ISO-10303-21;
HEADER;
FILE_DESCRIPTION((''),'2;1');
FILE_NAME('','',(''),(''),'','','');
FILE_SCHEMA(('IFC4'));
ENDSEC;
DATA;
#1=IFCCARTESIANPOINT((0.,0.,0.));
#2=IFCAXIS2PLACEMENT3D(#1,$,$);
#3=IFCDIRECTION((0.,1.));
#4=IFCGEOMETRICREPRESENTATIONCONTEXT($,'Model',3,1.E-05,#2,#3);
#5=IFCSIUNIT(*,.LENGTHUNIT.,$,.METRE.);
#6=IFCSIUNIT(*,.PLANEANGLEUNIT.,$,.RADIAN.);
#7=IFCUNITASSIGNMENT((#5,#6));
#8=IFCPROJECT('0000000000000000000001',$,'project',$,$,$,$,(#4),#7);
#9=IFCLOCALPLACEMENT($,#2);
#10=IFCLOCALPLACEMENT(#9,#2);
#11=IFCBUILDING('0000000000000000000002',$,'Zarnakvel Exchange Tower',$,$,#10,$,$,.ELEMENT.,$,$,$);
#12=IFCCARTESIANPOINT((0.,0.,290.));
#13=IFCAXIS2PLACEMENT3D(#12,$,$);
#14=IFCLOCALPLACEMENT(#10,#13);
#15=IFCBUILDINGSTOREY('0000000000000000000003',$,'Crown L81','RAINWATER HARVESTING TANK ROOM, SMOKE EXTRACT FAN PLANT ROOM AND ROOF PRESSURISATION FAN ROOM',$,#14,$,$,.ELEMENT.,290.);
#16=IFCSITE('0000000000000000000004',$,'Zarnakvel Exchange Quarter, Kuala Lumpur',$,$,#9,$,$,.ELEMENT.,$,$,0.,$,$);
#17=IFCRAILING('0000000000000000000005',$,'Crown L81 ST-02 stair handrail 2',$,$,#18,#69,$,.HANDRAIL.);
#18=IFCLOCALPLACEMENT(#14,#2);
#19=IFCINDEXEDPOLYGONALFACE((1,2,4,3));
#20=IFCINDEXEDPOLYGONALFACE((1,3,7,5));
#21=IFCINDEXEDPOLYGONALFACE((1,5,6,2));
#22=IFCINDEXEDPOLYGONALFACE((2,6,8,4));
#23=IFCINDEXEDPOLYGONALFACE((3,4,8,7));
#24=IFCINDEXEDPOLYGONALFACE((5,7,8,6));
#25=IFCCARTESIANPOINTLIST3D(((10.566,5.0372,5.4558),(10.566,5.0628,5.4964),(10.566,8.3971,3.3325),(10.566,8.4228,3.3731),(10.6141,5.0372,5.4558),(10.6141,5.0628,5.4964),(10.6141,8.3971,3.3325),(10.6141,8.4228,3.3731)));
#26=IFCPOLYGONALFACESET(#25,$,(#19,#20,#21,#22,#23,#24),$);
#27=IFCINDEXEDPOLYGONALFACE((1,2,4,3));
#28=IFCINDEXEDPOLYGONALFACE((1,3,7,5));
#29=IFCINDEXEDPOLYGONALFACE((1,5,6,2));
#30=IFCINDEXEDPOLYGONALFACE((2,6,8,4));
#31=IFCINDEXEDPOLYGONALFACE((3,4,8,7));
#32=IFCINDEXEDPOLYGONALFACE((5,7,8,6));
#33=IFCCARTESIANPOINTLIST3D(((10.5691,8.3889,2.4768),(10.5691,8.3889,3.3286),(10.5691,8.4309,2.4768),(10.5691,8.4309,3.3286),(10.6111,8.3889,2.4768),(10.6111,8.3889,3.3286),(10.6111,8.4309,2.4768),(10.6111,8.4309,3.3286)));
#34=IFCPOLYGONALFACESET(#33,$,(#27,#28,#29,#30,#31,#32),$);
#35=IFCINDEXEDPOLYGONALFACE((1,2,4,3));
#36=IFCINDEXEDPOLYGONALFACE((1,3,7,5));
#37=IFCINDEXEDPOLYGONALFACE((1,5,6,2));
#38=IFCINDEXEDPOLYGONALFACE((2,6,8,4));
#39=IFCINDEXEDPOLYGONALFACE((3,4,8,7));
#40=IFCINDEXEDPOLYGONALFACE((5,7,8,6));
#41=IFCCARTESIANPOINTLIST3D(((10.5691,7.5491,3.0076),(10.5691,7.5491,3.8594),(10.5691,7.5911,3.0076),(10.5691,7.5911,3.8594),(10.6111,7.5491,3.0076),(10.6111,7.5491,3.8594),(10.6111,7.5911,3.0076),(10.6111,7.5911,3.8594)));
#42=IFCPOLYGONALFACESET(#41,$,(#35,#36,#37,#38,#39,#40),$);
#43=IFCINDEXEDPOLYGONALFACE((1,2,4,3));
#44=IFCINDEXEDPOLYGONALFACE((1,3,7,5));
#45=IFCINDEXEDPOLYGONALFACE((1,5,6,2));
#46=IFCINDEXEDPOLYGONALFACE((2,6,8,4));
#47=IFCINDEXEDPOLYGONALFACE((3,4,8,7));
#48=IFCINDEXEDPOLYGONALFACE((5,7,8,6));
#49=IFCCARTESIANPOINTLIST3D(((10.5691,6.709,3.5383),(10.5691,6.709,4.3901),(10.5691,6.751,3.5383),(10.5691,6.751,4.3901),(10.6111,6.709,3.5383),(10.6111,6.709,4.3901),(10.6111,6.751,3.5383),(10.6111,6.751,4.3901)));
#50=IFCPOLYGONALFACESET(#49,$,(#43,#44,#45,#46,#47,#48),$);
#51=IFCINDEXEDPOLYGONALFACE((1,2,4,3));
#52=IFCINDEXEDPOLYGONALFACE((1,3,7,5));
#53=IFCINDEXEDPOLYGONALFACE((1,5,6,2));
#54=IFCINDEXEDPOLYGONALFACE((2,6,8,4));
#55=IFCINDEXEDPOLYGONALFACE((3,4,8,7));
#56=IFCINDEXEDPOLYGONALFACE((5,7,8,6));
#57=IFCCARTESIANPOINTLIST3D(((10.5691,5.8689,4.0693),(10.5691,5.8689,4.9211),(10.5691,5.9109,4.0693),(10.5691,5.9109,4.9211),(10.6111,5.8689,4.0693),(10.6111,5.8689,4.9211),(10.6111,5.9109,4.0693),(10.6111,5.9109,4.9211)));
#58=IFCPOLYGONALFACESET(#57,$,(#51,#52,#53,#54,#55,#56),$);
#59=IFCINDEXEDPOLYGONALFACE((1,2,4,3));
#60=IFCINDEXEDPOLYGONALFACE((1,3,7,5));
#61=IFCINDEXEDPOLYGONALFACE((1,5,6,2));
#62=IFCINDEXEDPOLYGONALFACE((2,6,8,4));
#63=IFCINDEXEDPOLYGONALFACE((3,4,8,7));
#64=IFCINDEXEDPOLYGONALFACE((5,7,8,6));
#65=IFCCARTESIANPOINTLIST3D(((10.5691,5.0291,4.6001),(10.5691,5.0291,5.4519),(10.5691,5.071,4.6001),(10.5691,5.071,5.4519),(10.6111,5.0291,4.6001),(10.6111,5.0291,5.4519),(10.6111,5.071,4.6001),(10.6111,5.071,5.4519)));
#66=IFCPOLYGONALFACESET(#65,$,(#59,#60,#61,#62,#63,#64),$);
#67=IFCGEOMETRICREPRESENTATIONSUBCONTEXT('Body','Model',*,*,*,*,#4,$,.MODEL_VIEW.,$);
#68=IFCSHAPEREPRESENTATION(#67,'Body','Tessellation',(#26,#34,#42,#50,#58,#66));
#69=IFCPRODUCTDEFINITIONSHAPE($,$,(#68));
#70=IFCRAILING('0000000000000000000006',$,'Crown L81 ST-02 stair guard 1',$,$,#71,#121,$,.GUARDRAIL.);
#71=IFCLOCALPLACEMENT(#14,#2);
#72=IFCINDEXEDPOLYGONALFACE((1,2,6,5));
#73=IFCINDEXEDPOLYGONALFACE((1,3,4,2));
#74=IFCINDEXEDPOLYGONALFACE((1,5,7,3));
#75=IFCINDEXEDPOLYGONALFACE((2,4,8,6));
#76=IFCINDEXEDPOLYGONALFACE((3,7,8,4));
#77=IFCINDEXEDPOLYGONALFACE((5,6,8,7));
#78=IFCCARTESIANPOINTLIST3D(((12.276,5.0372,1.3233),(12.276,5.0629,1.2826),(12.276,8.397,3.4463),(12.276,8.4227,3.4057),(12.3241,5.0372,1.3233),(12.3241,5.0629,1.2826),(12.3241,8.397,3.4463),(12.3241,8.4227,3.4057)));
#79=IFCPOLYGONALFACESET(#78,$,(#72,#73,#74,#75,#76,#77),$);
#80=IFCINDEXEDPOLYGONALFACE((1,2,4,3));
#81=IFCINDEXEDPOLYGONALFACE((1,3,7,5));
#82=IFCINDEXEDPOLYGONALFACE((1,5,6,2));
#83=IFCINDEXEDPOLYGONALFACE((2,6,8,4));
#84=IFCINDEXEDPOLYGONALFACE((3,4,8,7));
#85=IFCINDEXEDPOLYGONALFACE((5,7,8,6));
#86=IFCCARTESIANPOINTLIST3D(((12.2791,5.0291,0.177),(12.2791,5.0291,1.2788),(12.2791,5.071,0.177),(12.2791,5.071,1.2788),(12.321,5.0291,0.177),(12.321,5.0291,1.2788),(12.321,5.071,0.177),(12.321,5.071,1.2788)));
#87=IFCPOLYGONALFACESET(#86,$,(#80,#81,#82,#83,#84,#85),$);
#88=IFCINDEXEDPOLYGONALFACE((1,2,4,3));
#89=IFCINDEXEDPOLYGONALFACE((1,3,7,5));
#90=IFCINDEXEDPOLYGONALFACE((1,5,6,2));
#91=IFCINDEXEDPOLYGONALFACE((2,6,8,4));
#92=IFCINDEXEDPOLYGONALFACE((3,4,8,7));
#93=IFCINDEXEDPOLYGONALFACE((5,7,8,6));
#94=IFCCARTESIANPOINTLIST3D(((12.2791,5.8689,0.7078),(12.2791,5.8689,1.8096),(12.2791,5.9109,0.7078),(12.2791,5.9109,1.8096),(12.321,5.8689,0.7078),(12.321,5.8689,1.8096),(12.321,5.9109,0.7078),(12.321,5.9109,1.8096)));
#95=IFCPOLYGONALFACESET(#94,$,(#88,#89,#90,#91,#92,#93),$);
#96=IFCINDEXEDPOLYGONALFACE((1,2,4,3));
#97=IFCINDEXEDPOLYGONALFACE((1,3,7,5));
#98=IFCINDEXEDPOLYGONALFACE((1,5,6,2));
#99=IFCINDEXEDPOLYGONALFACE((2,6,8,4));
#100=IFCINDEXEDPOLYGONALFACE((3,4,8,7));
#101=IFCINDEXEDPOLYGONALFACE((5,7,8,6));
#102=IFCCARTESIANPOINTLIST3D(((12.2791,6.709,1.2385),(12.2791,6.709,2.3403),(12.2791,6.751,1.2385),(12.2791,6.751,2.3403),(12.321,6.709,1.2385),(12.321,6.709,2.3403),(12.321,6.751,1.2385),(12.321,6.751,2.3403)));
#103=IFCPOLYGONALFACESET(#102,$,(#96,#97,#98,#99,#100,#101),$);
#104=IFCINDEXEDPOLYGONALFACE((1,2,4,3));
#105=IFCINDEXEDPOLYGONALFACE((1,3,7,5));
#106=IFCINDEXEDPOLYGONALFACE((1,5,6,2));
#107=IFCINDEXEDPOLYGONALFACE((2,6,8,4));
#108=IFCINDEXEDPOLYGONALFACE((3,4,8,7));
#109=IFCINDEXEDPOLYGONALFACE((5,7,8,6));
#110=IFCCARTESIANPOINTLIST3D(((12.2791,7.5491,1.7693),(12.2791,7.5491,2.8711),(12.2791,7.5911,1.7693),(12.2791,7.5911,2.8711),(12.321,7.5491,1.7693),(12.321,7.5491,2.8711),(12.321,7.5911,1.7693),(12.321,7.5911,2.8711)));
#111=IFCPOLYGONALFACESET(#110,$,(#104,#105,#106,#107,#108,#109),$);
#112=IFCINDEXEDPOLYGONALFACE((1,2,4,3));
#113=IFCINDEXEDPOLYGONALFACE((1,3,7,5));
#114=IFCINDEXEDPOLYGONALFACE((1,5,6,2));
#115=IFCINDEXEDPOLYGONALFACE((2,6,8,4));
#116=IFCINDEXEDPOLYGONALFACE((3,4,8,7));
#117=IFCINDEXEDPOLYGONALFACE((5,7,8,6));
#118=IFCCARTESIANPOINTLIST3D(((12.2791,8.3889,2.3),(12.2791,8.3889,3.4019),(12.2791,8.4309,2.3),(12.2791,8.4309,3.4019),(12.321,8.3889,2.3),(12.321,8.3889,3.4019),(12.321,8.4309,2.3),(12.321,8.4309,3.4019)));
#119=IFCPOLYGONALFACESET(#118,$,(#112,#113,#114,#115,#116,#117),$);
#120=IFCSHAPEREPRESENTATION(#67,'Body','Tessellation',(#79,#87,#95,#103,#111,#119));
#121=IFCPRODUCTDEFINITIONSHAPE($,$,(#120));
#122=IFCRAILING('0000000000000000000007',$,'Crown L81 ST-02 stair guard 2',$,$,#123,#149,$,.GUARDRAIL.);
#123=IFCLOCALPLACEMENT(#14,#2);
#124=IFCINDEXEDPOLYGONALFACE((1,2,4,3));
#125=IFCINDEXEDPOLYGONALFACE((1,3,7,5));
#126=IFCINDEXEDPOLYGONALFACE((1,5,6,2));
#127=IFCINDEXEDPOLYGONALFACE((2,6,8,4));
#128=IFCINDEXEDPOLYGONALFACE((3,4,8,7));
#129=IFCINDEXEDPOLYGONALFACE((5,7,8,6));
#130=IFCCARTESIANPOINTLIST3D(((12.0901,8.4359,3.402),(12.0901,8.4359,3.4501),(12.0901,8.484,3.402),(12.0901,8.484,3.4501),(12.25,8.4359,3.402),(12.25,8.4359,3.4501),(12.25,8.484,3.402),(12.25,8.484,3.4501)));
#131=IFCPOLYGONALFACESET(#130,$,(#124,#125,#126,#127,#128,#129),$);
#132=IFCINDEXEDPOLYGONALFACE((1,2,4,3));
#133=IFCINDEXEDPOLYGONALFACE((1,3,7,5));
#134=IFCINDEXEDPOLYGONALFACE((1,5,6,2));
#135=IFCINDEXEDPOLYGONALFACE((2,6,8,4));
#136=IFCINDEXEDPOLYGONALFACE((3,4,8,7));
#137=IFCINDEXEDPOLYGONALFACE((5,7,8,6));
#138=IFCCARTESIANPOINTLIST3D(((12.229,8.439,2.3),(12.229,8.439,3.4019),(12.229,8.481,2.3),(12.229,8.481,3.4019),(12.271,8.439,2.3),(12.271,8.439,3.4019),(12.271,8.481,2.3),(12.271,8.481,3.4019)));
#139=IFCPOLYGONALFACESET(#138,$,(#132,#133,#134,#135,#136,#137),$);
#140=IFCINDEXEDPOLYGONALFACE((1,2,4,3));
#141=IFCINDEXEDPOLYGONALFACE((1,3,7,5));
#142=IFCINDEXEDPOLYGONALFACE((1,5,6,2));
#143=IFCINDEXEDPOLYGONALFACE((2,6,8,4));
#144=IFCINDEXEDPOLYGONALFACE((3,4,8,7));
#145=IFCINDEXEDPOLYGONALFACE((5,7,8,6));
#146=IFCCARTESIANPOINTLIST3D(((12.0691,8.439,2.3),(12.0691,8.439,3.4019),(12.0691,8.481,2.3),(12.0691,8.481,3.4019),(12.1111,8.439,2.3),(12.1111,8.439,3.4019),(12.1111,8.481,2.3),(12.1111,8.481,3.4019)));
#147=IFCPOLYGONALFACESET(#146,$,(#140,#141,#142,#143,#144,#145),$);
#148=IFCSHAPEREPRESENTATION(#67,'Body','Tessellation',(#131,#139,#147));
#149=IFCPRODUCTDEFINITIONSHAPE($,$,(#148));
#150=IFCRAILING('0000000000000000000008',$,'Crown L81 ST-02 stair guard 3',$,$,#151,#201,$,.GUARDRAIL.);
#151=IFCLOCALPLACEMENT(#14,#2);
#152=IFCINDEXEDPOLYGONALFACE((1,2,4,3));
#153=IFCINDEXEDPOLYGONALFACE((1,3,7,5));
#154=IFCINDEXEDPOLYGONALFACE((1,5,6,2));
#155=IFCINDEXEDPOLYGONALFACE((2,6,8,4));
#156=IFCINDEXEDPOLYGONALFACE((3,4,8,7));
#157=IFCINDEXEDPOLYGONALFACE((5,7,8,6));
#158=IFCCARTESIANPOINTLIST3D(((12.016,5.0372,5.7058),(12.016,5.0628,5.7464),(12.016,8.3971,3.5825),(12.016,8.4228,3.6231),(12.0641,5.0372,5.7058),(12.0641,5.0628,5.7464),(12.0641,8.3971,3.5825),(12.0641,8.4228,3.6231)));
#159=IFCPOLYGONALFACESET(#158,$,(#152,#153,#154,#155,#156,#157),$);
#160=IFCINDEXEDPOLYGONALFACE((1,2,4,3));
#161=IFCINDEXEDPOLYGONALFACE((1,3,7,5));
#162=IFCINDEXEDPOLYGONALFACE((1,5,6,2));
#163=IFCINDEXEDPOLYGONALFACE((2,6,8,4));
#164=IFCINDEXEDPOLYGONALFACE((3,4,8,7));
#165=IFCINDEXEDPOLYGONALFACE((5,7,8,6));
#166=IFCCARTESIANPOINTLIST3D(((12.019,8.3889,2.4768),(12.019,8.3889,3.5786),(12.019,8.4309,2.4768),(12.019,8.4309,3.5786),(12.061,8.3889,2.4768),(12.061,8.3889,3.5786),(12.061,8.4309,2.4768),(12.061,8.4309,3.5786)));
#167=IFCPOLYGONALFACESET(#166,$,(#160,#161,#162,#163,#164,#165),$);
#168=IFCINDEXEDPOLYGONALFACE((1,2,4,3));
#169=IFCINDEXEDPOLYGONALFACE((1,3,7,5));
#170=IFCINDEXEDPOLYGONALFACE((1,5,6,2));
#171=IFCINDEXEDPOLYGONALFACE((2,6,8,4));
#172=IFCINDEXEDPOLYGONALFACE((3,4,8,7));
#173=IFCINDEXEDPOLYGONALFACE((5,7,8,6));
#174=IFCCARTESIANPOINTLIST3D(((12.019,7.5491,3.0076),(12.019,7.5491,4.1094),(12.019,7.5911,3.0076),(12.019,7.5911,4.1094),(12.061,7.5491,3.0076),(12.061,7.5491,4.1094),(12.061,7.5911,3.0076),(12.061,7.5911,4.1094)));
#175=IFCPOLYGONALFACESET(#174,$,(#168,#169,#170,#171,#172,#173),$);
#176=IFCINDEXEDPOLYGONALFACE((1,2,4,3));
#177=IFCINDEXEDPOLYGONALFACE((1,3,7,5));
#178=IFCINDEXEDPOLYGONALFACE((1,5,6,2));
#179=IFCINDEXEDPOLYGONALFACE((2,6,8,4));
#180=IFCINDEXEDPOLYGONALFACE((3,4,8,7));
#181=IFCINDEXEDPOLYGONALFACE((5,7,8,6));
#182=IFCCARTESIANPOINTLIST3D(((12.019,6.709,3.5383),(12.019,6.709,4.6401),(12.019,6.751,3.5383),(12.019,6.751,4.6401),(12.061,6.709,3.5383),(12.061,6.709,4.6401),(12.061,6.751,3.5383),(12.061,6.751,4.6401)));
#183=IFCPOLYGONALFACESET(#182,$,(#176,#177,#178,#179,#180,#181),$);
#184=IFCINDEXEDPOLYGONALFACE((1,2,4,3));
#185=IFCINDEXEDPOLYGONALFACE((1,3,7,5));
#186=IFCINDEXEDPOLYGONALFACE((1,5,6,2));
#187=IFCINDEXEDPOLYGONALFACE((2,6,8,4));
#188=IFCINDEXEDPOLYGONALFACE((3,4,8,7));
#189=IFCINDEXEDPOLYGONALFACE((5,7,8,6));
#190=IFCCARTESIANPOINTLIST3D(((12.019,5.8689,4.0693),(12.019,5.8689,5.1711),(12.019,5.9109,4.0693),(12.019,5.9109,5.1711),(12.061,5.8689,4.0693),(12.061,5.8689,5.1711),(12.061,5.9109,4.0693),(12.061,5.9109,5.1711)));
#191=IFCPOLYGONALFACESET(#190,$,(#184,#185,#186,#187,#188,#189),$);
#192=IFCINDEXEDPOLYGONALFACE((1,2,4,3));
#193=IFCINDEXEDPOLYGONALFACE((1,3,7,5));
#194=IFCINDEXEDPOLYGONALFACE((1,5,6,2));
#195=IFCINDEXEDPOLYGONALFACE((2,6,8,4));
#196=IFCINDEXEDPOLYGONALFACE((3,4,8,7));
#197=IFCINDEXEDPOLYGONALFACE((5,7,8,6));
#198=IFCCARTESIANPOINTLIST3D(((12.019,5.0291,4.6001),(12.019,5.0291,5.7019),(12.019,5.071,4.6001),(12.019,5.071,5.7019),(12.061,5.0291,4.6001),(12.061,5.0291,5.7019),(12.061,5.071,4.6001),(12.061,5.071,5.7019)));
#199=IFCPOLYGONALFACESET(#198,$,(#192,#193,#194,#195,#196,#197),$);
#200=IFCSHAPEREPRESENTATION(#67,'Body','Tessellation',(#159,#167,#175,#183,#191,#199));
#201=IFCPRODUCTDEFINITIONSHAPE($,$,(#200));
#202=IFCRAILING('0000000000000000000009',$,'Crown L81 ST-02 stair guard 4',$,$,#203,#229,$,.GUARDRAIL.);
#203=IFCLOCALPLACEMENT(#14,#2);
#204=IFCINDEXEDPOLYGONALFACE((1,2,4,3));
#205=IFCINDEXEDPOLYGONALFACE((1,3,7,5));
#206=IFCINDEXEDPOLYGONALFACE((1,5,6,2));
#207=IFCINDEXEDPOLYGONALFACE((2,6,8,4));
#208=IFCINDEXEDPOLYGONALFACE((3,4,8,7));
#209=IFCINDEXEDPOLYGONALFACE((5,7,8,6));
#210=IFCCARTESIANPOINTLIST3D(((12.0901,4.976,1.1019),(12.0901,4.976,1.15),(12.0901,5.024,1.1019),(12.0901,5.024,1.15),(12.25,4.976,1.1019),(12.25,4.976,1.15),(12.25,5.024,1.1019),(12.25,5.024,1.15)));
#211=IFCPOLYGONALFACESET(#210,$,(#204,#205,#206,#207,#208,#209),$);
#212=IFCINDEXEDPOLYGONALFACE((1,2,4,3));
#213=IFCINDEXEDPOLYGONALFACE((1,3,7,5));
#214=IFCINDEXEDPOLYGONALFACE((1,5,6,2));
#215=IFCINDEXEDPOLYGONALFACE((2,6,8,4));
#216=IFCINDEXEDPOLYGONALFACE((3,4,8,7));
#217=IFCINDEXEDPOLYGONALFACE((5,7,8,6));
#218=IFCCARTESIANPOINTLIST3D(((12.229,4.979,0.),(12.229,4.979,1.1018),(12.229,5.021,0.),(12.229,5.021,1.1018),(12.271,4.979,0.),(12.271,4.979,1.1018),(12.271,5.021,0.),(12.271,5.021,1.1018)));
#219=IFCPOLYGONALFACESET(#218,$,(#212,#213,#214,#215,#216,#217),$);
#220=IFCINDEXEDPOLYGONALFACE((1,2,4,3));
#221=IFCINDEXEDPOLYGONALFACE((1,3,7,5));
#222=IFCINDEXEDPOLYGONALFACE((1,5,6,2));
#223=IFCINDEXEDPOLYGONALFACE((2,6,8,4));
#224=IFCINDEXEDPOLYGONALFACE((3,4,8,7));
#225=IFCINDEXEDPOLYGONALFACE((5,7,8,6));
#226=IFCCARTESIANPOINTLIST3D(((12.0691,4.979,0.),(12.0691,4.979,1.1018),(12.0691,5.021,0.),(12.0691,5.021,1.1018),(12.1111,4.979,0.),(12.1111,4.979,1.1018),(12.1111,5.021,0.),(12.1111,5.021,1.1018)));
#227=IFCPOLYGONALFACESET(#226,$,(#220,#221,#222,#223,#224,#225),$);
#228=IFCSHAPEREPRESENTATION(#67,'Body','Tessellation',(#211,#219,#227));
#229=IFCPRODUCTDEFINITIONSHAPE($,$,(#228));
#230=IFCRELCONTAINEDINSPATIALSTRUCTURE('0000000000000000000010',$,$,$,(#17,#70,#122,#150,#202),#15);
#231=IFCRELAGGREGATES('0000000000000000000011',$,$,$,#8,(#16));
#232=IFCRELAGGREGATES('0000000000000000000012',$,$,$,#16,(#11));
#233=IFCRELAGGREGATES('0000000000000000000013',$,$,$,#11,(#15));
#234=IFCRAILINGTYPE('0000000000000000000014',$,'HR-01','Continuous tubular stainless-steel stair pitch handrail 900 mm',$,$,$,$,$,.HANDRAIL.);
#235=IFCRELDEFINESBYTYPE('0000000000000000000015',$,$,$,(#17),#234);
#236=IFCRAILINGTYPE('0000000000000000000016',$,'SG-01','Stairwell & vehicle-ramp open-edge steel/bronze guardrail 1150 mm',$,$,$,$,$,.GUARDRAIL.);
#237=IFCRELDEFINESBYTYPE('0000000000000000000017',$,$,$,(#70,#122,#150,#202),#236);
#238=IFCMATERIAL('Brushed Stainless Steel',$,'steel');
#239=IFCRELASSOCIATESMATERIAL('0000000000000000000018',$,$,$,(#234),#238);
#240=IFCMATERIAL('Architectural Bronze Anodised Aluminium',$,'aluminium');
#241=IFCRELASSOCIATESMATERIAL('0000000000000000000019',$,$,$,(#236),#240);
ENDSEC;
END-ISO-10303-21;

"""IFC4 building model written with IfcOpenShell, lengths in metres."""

from ifc_helpers import new_model, si_unit, direction, frame, origin, origin_2d, place, context, subcontext, project, spatial, rectangle, extrude, material, type_object, element, save


model = new_model("IFC4")

# Units and contexts
model_context = context("Model", 3, precision=1e-05, world=origin(), true_north=direction((0.0, 1.0)))
body_context = subcontext(model_context, "Body", "Model", "MODEL_VIEW")
ifc_project = project(units=[si_unit("LENGTHUNIT", "METRE"), si_unit("PLANEANGLEUNIT", "RADIAN")], contexts=[model_context])

# Site, building, storey
site_placement = place(None, origin())
site = spatial("IfcSite", under=ifc_project, at=site_placement, Name="Zarnakvel Exchange Quarter, Kuala Lumpur", CompositionType="ELEMENT", RefElevation=0.0)
building_placement = place(site_placement, origin())
building = spatial("IfcBuilding", under=site, at=building_placement, Name="Zarnakvel Exchange Tower", CompositionType="ELEMENT")
storey_placement = place(building_placement, frame((0.0, 0.0, 290.0)))
storey = spatial("IfcBuildingStorey", under=building, at=storey_placement, Name="Crown L81", Description="RAINWATER HARVESTING TANK ROOM, SMOKE EXTRACT FAN PLANT ROOM AND ROOF PRESSURISATION FAN ROOM", CompositionType="ELEMENT", Elevation=290.0)

# Shared definitions
ifc_material_1 = material(Name="Architectural Bronze Anodised Aluminium", Category="aluminium")

# Railings
ifc_material_2 = material(Name="Brushed Stainless Steel", Category="steel")
railing_type_1 = type_object("IfcRailingType", Name="HR-01", Description="Continuous tubular stainless-steel stair pitch handrail 900 mm", PredefinedType="HANDRAIL", material=ifc_material_2)
railing_1_placement = place(storey_placement, frame((10.5901, 8.4099, 2.4768)))
element("IfcRailing", 1, at=railing_1_placement, inside=storey, type_object=railing_type_1, Name="Crown L81 ST-02 stair handrail 2", PredefinedType="HANDRAIL", context=body_context, shape_type="SweptSolid", body=[
    extrude(rectangle(XDim=0.0481, YDim=0.0481, at=origin_2d()), frame((0.0, 0.0, 0.876), z_axis=(0.0, -0.845344, 0.534222), x_axis=(1.0, 0.0, 0.0)), (0.0, 0.0, 1.0), 3.9746),
    extrude(rectangle(XDim=0.042, YDim=0.042, at=origin_2d()), origin(), (0.0, 0.0, 1.0), 0.8518),
    extrude(rectangle(XDim=0.042, YDim=0.042, at=origin_2d()), frame((0.0, -0.8398, 0.5308)), (0.0, 0.0, 1.0), 0.8518),
    extrude(rectangle(XDim=0.042, YDim=0.042, at=origin_2d()), frame((0.0, -1.6799, 1.0615)), (0.0, 0.0, 1.0), 0.8518),
    extrude(rectangle(XDim=0.042, YDim=0.042, at=origin_2d()), frame((0.0, -2.52, 1.5925)), (0.0, 0.0, 1.0), 0.8518),
    extrude(rectangle(XDim=0.042, YDim=0.042, at=origin_2d()), frame((0.0, -3.3599, 2.1233)), (0.0, 0.0, 1.0), 0.8518),
])
railing_type_2 = type_object("IfcRailingType", Name="SG-01", Description="Stairwell & vehicle-ramp open-edge steel/bronze guardrail 1150 mm", PredefinedType="GUARDRAIL", material=ifc_material_1)
railing_2_placement = place(storey_placement, frame((12.3, 5.05, 0.177)))
element("IfcRailing", 2, at=railing_2_placement, inside=storey, type_object=railing_type_2, Name="Crown L81 ST-02 stair guard 1", PredefinedType="GUARDRAIL", context=body_context, shape_type="SweptSolid", body=[
    extrude(rectangle(XDim=0.0481, YDim=0.0481, at=origin_2d()), frame((0.0, 0.0, 1.126), z_axis=(0.0, 0.845372, 0.534178), x_axis=(-1.0, 0.0, 0.0)), (0.0, 0.0, 1.0), 3.9744),
    extrude(rectangle(XDim=0.042, YDim=0.042, at=origin_2d()), origin(), (0.0, 0.0, 1.0), 1.1018),
    extrude(rectangle(XDim=0.042, YDim=0.042, at=origin_2d()), frame((0.0, 0.8398, 0.5308)), (0.0, 0.0, 1.0), 1.1018),
    extrude(rectangle(XDim=0.042, YDim=0.042, at=origin_2d()), frame((0.0, 1.6799, 1.0615)), (0.0, 0.0, 1.0), 1.1018),
    extrude(rectangle(XDim=0.042, YDim=0.042, at=origin_2d()), frame((0.0, 2.52, 1.5923)), (0.0, 0.0, 1.0), 1.1018),
    extrude(rectangle(XDim=0.042, YDim=0.042, at=origin_2d()), frame((0.0, 3.3599, 2.123)), (0.0, 0.0, 1.0), 1.1018),
])
railing_3_placement = place(storey_placement, frame((12.25, 8.46, 2.3)))
element("IfcRailing", 3, at=railing_3_placement, inside=storey, type_object=railing_type_2, Name="Crown L81 ST-02 stair guard 2", PredefinedType="GUARDRAIL", context=body_context, shape_type="SweptSolid", body=[
    extrude(rectangle(XDim=0.0481, YDim=0.0481, at=origin_2d()), frame((0.0, 0.0, 1.126), z_axis=(-1.0, 0.0, 0.0), x_axis=(0.0, -1.0, 0.0)), (0.0, 0.0, 1.0), 0.1599),
    extrude(rectangle(XDim=0.042, YDim=0.042, at=origin_2d()), origin(), (0.0, 0.0, 1.0), 1.1018),
    extrude(rectangle(XDim=0.042, YDim=0.042, at=origin_2d()), frame((-0.1599, 0.0, 0.0)), (0.0, 0.0, 1.0), 1.1018),
])
railing_4_placement = place(storey_placement, frame((12.04, 8.4099, 2.4768)))
element("IfcRailing", 4, at=railing_4_placement, inside=storey, type_object=railing_type_2, Name="Crown L81 ST-02 stair guard 3", PredefinedType="GUARDRAIL", context=body_context, shape_type="SweptSolid", body=[
    extrude(rectangle(XDim=0.0481, YDim=0.0481, at=origin_2d()), frame((0.0, 0.0, 1.126), z_axis=(0.0, -0.845344, 0.534222), x_axis=(1.0, 0.0, 0.0)), (0.0, 0.0, 1.0), 3.9746),
    extrude(rectangle(XDim=0.042, YDim=0.042, at=origin_2d()), origin(), (0.0, 0.0, 1.0), 1.1018),
    extrude(rectangle(XDim=0.042, YDim=0.042, at=origin_2d()), frame((0.0, -0.8398, 0.5308)), (0.0, 0.0, 1.0), 1.1018),
    extrude(rectangle(XDim=0.042, YDim=0.042, at=origin_2d()), frame((0.0, -1.6799, 1.0615)), (0.0, 0.0, 1.0), 1.1018),
    extrude(rectangle(XDim=0.042, YDim=0.042, at=origin_2d()), frame((0.0, -2.52, 1.5925)), (0.0, 0.0, 1.0), 1.1018),
    extrude(rectangle(XDim=0.042, YDim=0.042, at=origin_2d()), frame((0.0, -3.3599, 2.1233)), (0.0, 0.0, 1.0), 1.1018),
])
railing_5_placement = place(storey_placement, frame((12.25, 5.0, 0.0)))
element("IfcRailing", 5, at=railing_5_placement, inside=storey, type_object=railing_type_2, Name="Crown L81 ST-02 stair guard 4", PredefinedType="GUARDRAIL", context=body_context, shape_type="SweptSolid", body=[
    extrude(rectangle(XDim=0.0481, YDim=0.0481, at=origin_2d()), frame((0.0, 0.0, 1.126), z_axis=(-1.0, 0.0, 0.0), x_axis=(0.0, -1.0, 0.0)), (0.0, 0.0, 1.0), 0.1599),
    extrude(rectangle(XDim=0.042, YDim=0.042, at=origin_2d()), origin(), (0.0, 0.0, 1.0), 1.1018),
    extrude(rectangle(XDim=0.042, YDim=0.042, at=origin_2d()), frame((-0.1599, 0.0, 0.0)), (0.0, 0.0, 1.0), 1.1018),
])

save(model, "model.ifc")
